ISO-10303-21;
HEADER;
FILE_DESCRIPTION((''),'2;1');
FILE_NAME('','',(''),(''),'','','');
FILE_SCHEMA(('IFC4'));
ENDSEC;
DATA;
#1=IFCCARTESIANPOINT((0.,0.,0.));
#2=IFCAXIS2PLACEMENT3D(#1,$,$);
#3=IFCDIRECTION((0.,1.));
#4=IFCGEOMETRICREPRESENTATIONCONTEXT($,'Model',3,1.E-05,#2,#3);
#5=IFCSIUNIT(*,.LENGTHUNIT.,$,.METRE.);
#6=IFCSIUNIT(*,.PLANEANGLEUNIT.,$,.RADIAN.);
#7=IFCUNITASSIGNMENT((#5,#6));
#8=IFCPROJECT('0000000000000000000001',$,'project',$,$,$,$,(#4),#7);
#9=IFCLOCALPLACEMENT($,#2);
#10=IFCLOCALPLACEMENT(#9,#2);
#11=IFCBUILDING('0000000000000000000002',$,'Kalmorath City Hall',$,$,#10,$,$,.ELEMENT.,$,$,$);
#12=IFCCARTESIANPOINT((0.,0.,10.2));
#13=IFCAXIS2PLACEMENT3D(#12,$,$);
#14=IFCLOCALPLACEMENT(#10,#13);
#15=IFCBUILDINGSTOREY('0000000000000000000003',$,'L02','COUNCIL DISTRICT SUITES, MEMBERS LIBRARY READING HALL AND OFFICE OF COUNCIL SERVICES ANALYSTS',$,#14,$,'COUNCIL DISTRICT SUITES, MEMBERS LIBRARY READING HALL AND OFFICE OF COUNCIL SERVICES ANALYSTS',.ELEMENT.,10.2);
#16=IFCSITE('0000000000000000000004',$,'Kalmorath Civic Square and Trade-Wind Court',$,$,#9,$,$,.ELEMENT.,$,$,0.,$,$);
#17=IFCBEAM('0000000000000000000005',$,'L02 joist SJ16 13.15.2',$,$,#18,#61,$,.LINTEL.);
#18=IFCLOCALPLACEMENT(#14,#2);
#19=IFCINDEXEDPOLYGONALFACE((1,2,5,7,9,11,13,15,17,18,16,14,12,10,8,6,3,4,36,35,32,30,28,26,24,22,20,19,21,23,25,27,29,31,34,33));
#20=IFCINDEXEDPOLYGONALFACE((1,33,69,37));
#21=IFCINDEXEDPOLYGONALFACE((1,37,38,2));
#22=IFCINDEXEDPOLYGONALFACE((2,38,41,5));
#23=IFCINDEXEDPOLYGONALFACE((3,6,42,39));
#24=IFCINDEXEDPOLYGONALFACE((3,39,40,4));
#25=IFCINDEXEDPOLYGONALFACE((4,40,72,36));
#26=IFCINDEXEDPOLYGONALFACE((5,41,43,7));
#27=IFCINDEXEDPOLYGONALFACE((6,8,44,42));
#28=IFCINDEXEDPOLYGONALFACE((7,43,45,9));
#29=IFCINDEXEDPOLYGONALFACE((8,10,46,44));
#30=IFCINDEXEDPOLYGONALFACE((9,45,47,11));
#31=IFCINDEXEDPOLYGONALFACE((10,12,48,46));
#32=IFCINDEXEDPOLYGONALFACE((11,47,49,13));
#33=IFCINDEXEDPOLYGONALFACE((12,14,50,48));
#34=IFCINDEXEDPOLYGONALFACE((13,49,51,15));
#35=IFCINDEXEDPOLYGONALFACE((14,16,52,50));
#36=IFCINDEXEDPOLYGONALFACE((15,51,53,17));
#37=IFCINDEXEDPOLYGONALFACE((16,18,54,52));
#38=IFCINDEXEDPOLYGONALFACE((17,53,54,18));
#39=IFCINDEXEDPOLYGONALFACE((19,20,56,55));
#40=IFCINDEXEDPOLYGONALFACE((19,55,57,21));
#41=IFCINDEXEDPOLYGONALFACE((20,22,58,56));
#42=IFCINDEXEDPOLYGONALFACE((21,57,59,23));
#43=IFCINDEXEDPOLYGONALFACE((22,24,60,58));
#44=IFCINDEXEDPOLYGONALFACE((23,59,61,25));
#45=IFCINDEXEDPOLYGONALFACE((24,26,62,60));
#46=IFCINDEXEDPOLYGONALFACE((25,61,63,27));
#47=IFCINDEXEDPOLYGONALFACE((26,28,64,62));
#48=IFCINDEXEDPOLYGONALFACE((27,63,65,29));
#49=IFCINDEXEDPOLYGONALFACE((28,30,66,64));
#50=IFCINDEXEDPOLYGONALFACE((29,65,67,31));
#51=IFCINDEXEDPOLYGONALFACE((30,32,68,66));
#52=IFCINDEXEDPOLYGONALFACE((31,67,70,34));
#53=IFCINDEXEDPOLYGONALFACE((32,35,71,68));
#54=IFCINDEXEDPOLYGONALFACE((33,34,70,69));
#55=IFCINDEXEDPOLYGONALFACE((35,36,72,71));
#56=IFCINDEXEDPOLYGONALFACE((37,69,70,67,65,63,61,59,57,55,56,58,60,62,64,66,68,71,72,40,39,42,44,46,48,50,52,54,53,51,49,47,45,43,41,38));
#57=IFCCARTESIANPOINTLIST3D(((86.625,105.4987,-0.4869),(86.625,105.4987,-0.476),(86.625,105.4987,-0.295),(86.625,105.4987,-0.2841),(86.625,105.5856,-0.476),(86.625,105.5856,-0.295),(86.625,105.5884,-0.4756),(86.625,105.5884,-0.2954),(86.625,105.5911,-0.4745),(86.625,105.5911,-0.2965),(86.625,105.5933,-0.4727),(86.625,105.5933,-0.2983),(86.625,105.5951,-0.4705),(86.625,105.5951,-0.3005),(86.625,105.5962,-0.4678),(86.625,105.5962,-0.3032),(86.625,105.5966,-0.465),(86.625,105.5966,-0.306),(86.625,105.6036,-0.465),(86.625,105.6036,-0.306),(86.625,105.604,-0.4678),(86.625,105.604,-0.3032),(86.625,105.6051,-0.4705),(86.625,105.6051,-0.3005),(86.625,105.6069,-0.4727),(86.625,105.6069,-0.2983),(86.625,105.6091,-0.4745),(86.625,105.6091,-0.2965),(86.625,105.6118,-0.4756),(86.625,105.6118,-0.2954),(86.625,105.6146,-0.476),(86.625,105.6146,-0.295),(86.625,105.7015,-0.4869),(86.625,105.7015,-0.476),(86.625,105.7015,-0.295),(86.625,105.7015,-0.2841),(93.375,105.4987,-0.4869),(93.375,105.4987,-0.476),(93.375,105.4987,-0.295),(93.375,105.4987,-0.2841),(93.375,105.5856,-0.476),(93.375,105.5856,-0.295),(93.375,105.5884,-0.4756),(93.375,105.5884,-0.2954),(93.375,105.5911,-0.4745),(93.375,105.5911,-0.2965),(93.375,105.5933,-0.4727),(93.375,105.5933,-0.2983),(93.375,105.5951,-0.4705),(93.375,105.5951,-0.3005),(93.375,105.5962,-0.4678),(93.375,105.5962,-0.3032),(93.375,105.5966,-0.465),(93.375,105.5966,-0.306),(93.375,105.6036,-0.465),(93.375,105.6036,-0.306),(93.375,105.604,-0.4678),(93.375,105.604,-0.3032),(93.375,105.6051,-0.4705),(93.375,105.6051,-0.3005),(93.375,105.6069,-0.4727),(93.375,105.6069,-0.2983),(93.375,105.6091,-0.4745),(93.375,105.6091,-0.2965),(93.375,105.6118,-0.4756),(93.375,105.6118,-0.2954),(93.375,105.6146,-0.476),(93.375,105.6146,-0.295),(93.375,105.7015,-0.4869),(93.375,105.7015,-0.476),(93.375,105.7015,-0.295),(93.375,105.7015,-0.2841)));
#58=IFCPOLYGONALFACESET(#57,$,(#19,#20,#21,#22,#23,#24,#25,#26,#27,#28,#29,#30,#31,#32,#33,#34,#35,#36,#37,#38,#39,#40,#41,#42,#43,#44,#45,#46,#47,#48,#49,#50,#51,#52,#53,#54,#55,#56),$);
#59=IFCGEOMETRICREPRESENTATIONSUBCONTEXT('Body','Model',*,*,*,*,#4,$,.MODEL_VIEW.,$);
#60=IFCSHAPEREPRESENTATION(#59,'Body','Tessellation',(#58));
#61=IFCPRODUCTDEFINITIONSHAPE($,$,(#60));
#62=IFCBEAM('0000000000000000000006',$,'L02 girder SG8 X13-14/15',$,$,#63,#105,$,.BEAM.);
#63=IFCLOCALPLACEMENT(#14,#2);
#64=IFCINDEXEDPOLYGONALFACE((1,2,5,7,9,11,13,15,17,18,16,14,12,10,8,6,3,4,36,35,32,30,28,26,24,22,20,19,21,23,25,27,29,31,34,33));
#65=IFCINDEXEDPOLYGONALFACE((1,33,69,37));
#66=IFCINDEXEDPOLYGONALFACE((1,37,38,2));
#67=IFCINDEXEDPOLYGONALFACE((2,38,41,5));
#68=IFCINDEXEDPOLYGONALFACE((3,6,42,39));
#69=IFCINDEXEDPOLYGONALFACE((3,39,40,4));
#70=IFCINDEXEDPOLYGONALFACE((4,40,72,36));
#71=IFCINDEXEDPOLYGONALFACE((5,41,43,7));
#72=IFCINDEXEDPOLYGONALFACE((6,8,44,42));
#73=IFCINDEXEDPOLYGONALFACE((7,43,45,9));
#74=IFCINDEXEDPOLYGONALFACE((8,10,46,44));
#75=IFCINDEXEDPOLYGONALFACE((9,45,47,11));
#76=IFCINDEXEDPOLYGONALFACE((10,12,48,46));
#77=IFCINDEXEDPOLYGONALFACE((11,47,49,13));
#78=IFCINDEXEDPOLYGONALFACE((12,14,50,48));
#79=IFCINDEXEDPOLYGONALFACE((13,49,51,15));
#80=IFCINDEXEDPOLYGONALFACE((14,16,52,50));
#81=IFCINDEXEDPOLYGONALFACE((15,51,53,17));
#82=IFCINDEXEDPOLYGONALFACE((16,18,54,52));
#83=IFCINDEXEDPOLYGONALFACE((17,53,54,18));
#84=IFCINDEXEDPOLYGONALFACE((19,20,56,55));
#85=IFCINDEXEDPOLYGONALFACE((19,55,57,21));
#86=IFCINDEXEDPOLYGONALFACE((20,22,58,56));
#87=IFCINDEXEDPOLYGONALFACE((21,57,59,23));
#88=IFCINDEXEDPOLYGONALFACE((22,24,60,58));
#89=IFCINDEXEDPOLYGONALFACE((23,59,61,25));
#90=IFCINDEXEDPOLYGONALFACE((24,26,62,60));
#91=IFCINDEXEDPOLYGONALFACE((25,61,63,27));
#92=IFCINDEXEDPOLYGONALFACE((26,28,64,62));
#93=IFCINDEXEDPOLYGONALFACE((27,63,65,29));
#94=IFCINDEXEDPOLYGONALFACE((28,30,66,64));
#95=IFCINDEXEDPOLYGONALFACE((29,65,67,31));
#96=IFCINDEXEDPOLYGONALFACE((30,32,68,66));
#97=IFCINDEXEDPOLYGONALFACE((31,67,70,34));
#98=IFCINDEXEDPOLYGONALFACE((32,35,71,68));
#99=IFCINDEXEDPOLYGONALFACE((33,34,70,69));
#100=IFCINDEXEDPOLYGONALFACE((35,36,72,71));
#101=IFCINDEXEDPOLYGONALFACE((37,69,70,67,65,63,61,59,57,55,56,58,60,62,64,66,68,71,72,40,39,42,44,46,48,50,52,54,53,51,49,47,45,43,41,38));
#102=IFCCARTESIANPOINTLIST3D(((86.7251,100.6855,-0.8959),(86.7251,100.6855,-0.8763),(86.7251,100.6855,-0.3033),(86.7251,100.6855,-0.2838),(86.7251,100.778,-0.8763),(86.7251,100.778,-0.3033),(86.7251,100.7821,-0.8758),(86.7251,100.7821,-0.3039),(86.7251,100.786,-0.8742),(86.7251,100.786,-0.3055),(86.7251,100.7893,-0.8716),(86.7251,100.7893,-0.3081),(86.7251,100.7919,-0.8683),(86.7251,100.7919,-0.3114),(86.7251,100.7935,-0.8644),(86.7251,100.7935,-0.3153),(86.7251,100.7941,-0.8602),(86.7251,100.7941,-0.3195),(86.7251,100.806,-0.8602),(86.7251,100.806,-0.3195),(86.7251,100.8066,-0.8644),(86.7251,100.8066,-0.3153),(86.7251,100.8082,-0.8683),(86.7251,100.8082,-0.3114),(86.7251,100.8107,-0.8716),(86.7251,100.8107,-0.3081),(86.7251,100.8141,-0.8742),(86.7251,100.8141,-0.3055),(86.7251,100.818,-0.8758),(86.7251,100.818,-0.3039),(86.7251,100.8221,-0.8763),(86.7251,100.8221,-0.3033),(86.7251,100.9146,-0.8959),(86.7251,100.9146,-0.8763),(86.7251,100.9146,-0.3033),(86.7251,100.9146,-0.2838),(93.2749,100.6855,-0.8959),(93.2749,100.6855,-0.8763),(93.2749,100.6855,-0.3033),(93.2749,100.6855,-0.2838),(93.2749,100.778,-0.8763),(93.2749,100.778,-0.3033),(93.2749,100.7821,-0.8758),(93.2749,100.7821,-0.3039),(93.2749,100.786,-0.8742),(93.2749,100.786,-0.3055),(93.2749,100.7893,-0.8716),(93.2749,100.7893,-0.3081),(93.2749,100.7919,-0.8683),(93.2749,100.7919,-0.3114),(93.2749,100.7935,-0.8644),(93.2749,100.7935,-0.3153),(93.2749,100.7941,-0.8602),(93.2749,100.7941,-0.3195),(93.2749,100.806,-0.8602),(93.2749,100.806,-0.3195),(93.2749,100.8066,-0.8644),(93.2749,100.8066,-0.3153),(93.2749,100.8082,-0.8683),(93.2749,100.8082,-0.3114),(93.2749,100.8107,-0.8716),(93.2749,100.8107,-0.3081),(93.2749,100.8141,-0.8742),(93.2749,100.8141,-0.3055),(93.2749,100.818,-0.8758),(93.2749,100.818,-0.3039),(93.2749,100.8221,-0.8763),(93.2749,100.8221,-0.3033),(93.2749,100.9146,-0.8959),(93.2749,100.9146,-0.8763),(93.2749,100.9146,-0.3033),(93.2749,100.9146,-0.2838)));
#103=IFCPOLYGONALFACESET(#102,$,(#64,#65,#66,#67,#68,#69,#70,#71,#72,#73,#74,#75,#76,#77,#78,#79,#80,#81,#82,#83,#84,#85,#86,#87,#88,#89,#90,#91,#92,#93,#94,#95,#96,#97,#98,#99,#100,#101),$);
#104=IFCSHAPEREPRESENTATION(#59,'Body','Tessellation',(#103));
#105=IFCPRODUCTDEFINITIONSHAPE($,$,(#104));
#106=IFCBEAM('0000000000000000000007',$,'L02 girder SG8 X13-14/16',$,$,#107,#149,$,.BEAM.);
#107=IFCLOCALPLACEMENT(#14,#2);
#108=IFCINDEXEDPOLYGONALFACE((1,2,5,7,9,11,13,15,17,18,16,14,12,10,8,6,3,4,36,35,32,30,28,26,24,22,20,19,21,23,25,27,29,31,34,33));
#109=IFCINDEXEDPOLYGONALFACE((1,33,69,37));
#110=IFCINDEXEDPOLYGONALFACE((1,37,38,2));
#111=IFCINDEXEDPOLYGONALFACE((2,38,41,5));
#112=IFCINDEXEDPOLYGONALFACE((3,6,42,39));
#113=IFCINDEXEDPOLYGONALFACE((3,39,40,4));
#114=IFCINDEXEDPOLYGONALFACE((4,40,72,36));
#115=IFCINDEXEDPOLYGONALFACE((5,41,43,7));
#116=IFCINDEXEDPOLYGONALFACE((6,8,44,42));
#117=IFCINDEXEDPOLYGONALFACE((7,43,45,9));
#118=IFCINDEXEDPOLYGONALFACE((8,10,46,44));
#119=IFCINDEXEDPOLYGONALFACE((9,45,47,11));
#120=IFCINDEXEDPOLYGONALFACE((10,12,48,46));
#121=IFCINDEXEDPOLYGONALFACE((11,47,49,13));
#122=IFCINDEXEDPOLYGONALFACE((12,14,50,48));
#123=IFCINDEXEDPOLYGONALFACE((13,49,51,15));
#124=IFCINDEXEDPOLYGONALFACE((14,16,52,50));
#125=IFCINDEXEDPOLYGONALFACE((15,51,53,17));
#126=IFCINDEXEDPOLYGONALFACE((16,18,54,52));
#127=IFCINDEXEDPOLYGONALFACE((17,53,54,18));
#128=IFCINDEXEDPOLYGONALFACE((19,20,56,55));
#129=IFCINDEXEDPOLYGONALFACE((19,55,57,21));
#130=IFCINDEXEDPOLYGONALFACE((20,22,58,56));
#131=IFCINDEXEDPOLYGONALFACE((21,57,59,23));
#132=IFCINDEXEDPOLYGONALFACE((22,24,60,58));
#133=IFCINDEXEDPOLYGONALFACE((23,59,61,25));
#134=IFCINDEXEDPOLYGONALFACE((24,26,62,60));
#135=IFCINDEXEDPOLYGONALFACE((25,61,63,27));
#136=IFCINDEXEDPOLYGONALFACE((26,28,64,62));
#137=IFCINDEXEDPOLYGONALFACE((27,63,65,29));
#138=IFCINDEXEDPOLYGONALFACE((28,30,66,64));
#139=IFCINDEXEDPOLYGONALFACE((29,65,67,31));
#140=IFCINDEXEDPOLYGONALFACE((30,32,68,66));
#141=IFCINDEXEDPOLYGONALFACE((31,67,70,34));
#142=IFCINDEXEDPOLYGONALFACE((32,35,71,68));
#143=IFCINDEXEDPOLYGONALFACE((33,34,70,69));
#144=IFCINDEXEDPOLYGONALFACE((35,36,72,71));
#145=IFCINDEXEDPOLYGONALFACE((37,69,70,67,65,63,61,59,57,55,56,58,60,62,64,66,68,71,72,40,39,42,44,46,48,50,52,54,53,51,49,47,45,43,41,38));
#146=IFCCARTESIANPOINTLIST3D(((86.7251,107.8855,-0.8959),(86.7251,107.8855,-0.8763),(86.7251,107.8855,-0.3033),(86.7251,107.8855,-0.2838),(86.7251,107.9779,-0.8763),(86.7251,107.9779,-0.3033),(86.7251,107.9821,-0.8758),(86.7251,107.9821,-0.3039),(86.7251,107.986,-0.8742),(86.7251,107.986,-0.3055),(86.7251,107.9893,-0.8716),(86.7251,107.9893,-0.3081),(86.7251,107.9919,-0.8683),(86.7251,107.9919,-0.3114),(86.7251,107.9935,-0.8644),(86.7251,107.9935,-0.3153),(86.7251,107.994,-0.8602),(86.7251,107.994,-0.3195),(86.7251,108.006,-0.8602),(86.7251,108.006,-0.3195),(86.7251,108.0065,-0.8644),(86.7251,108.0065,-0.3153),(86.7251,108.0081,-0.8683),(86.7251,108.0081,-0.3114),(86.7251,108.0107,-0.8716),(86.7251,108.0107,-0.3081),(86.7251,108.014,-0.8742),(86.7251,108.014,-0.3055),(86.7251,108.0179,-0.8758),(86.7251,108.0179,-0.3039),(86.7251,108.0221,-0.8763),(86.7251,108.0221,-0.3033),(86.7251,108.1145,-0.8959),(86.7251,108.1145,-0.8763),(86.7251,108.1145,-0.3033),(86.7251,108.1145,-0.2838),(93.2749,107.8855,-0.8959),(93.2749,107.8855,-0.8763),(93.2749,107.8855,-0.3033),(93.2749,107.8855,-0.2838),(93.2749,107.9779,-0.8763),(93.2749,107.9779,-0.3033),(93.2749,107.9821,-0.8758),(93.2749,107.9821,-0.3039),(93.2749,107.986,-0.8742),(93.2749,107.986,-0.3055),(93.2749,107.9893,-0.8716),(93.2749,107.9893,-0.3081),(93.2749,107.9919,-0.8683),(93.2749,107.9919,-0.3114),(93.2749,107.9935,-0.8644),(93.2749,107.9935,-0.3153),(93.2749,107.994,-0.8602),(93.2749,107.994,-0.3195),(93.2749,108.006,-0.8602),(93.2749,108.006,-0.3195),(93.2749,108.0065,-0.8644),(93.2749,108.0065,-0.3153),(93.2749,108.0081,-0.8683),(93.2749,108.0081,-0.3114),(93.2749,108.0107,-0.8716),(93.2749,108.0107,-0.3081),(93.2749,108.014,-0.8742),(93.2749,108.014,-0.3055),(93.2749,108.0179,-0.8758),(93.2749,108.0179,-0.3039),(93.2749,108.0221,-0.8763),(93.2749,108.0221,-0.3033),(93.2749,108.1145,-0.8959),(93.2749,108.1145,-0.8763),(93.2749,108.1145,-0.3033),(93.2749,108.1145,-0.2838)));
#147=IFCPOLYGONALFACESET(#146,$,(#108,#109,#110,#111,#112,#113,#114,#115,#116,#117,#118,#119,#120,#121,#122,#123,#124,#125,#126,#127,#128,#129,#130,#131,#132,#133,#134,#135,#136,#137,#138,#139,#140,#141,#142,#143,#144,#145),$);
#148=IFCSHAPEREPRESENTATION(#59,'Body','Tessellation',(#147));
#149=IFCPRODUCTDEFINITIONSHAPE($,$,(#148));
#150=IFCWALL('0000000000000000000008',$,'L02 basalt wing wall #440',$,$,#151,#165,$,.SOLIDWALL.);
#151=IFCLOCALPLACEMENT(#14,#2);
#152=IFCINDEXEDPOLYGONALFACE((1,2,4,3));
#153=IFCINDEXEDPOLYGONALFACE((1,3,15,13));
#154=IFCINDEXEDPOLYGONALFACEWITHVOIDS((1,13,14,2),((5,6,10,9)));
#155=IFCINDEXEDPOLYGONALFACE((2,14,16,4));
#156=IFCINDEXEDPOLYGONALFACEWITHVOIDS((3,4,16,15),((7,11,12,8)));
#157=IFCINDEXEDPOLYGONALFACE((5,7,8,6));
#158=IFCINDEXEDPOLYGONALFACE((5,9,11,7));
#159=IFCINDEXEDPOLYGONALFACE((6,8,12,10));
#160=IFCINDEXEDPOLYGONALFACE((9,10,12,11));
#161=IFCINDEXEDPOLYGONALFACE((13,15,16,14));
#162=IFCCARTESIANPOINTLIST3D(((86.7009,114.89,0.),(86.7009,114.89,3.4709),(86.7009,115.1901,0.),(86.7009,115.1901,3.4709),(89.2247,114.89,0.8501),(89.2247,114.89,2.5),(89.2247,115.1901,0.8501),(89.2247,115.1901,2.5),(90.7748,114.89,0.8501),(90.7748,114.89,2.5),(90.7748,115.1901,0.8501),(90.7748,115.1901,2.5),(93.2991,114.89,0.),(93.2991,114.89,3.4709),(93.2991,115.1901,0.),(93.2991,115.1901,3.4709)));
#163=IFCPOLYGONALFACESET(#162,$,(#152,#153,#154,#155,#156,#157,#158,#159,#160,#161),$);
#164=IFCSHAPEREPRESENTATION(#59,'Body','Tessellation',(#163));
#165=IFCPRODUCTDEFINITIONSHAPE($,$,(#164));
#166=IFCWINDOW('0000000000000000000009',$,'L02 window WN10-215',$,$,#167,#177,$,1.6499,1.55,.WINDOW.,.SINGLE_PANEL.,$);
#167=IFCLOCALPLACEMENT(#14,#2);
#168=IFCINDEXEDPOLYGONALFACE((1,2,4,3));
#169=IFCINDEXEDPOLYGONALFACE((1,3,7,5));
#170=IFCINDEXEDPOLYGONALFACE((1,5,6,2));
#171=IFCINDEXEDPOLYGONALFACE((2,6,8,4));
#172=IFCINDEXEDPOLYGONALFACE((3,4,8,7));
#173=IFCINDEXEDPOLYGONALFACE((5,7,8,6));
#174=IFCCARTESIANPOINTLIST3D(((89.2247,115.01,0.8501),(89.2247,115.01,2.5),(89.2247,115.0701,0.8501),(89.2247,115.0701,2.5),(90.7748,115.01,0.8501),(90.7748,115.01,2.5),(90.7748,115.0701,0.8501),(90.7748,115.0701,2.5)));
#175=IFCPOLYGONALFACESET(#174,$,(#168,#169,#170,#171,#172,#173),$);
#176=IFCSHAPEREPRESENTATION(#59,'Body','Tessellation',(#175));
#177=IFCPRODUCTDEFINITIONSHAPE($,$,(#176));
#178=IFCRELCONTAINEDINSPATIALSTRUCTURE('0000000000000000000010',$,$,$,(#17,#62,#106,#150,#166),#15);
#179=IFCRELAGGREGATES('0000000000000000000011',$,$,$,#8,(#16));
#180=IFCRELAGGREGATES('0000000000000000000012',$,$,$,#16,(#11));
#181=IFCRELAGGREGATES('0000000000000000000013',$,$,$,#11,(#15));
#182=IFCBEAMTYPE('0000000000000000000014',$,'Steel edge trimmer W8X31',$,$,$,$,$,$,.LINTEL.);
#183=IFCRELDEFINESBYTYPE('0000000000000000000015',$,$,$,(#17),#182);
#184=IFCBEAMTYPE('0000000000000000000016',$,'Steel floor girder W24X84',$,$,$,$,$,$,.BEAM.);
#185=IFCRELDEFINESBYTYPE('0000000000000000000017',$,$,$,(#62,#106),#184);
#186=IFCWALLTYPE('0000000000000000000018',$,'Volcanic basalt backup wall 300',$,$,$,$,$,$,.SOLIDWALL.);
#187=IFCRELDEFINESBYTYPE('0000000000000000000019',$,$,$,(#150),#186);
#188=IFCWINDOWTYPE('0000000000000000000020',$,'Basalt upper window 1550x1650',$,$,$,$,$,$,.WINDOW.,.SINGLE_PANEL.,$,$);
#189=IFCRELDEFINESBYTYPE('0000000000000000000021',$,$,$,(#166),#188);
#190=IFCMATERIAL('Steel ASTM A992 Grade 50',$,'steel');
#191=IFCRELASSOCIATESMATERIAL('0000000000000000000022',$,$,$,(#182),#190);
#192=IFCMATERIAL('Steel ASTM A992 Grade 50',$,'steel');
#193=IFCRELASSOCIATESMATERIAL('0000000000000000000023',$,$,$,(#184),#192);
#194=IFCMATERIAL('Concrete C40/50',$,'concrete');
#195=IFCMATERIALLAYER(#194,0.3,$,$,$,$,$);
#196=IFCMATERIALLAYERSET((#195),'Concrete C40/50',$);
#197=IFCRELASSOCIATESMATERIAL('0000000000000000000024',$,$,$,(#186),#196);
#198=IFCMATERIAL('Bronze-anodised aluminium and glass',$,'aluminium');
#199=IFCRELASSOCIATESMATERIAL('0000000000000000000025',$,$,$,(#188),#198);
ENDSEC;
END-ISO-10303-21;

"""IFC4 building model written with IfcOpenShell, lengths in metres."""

from ifc_helpers import new_model, si_unit, direction, frame, frame_2d, origin, origin_2d, place, context, subcontext, project, spatial, rectangle, i_section, extrude, material, layer, layer_set, material_profile, profile_set, type_object, element, fill, save


model = new_model("IFC4")

# Units and contexts
model_context = context("Model", 3, precision=1e-05, world=origin(), true_north=direction((0.0, 1.0)))
body_context = subcontext(model_context, "Body", "Model", "MODEL_VIEW")
ifc_project = project(units=[si_unit("LENGTHUNIT", "METRE"), si_unit("PLANEANGLEUNIT", "RADIAN")], contexts=[model_context])

# Site, building, storey
site_placement = place(None, origin())
site = spatial("IfcSite", under=ifc_project, at=site_placement, Name="Kalmorath Civic Square and Trade-Wind Court", CompositionType="ELEMENT", RefElevation=0.0)
building_placement = place(site_placement, origin())
building = spatial("IfcBuilding", under=site, at=building_placement, Name="Kalmorath City Hall", CompositionType="ELEMENT")
storey_placement = place(building_placement, frame((0.0, 0.0, 10.2)))
storey = spatial("IfcBuildingStorey", under=building, at=storey_placement, Name="L02", Description="COUNCIL DISTRICT SUITES, MEMBERS LIBRARY READING HALL AND OFFICE OF COUNCIL SERVICES ANALYSTS", LongName="COUNCIL DISTRICT SUITES, MEMBERS LIBRARY READING HALL AND OFFICE OF COUNCIL SERVICES ANALYSTS", CompositionType="ELEMENT", Elevation=10.2)

# Beams
ifc_material_1 = material(Name="Steel ASTM A992 Grade 50", Category="steel")
ifc_material_profile_1 = material_profile(ifc_material_1, i_section(OverallWidth=0.2029, OverallDepth=0.2029, WebThickness=0.0071, FlangeThickness=0.011, FilletRadius=0.011, at=origin_2d()), Name="W8X31")
ifc_profile_set_1 = profile_set([ifc_material_profile_1], Name="Steel ASTM A992 Grade 50")
beam_type_1 = type_object("IfcBeamType", Name="Steel edge trimmer W8X31", PredefinedType="LINTEL", material=ifc_profile_set_1)
for number, where, z_axis, x_axis, name in (
    (1, (86.625, 105.6001, -0.3855), (1.0, 0.0, 0.0), (0.0, 1.0, 0.0), "L02 joist SJ16 13.15.2"),
):
    element("IfcBeam", number, at=place(storey_placement, frame(where, z_axis=z_axis, x_axis=x_axis)), inside=storey, type_object=beam_type_1, Name=name, PredefinedType="LINTEL", context=body_context, shape_type="SweptSolid", body=[
        extrude(i_section(OverallWidth=0.2029, OverallDepth=0.2029, WebThickness=0.0071, FlangeThickness=0.011, FilletRadius=0.011, at=origin_2d()), origin(), (0.0, 0.0, 1.0), 6.75),
    ])
ifc_material_2 = material(Name="Steel ASTM A992 Grade 50", Category="steel")
ifc_material_profile_2 = material_profile(ifc_material_2, i_section(OverallWidth=0.229, OverallDepth=0.6121, WebThickness=0.012, FlangeThickness=0.0195, FilletRadius=0.0161, at=origin_2d()), Name="W24X84")
ifc_profile_set_2 = profile_set([ifc_material_profile_2], Name="Steel ASTM A992 Grade 50")
beam_type_2 = type_object("IfcBeamType", Name="Steel floor girder W24X84", PredefinedType="BEAM", material=ifc_profile_set_2)
for number, where, z_axis, x_axis, name in (
    (2, (86.7251, 100.8, -0.5898), (1.0, 0.0, 0.0), (0.0, 1.0, 0.0), "L02 girder SG8 X13-14/15"),
    (3, (86.7251, 108.0, -0.5898), (1.0, 0.0, 0.0), (0.0, 1.0, 0.0), "L02 girder SG8 X13-14/16"),
):
    element("IfcBeam", number, at=place(storey_placement, frame(where, z_axis=z_axis, x_axis=x_axis)), inside=storey, type_object=beam_type_2, Name=name, PredefinedType="BEAM", context=body_context, shape_type="SweptSolid", body=[
        extrude(i_section(OverallWidth=0.229, OverallDepth=0.6121, WebThickness=0.012, FlangeThickness=0.0195, FilletRadius=0.0161, at=origin_2d()), origin(), (0.0, 0.0, 1.0), 6.5498),
    ])

# Wall, opening, window
ifc_material_3 = material(Name="Concrete C40/50", Category="concrete")
ifc_layer_1 = layer(ifc_material_3, 0.3)
ifc_layer_set_1 = layer_set([ifc_layer_1], Name="Concrete C40/50")
wall_type = type_object("IfcWallType", Name="Volcanic basalt backup wall 300", PredefinedType="SOLIDWALL", material=ifc_layer_set_1)
wall_placement = place(storey_placement, frame((86.7009, 115.04, 0.0), z_axis=(0.0, 0.0, 1.0), x_axis=(1.0, 0.0, 0.0)))
wall = element("IfcWall", 4, at=wall_placement, inside=storey, type_object=wall_type, Name="L02 basalt wing wall #440", PredefinedType="SOLIDWALL", context=body_context, shape_type="SweptSolid", body=[
    extrude(rectangle(XDim=6.5981, YDim=0.3, at=frame_2d((3.2991, 0.0))), origin(), (0.0, 0.0, 1.0), 3.4709),
])
opening_placement = place(wall_placement, frame((2.5239, 0.0, 0.8501)))
opening = element("IfcOpeningElement", 5, at=opening_placement, cuts=wall, PredefinedType="OPENING", context=body_context, shape_type="SweptSolid", body=[
    extrude(rectangle(XDim=1.55, YDim=1.6499, at=frame_2d((0.7749, 0.825))), frame((0.0, 0.1599, 0.0), z_axis=(0.0, -1.0, 0.0), x_axis=(1.0, 0.0, 0.0)), (0.0, 0.0, 1.0), 0.3201),
])
ifc_material_4 = material(Name="Bronze-anodised aluminium and glass", Category="aluminium")
window_type = type_object("IfcWindowType", Name="Basalt upper window 1550x1650", PartitioningType="SINGLE_PANEL", PredefinedType="WINDOW", material=ifc_material_4)
window_placement = place(opening_placement, origin())
window = element("IfcWindow", 6, at=window_placement, inside=storey, type_object=window_type, Name="L02 window WN10-215", OverallHeight=1.6499, OverallWidth=1.55, PartitioningType="SINGLE_PANEL", PredefinedType="WINDOW", context=body_context, shape_type="SweptSolid", body=[
    extrude(rectangle(XDim=1.55, YDim=1.6499, at=frame_2d((0.7749, 0.825))), frame((0.0, 0.03, 0.0), z_axis=(0.0, -1.0, 0.0), x_axis=(1.0, 0.0, 0.0)), (0.0, 0.0, 1.0), 0.0601),
])
fill(opening, window)

save(model, "model.ifc")
